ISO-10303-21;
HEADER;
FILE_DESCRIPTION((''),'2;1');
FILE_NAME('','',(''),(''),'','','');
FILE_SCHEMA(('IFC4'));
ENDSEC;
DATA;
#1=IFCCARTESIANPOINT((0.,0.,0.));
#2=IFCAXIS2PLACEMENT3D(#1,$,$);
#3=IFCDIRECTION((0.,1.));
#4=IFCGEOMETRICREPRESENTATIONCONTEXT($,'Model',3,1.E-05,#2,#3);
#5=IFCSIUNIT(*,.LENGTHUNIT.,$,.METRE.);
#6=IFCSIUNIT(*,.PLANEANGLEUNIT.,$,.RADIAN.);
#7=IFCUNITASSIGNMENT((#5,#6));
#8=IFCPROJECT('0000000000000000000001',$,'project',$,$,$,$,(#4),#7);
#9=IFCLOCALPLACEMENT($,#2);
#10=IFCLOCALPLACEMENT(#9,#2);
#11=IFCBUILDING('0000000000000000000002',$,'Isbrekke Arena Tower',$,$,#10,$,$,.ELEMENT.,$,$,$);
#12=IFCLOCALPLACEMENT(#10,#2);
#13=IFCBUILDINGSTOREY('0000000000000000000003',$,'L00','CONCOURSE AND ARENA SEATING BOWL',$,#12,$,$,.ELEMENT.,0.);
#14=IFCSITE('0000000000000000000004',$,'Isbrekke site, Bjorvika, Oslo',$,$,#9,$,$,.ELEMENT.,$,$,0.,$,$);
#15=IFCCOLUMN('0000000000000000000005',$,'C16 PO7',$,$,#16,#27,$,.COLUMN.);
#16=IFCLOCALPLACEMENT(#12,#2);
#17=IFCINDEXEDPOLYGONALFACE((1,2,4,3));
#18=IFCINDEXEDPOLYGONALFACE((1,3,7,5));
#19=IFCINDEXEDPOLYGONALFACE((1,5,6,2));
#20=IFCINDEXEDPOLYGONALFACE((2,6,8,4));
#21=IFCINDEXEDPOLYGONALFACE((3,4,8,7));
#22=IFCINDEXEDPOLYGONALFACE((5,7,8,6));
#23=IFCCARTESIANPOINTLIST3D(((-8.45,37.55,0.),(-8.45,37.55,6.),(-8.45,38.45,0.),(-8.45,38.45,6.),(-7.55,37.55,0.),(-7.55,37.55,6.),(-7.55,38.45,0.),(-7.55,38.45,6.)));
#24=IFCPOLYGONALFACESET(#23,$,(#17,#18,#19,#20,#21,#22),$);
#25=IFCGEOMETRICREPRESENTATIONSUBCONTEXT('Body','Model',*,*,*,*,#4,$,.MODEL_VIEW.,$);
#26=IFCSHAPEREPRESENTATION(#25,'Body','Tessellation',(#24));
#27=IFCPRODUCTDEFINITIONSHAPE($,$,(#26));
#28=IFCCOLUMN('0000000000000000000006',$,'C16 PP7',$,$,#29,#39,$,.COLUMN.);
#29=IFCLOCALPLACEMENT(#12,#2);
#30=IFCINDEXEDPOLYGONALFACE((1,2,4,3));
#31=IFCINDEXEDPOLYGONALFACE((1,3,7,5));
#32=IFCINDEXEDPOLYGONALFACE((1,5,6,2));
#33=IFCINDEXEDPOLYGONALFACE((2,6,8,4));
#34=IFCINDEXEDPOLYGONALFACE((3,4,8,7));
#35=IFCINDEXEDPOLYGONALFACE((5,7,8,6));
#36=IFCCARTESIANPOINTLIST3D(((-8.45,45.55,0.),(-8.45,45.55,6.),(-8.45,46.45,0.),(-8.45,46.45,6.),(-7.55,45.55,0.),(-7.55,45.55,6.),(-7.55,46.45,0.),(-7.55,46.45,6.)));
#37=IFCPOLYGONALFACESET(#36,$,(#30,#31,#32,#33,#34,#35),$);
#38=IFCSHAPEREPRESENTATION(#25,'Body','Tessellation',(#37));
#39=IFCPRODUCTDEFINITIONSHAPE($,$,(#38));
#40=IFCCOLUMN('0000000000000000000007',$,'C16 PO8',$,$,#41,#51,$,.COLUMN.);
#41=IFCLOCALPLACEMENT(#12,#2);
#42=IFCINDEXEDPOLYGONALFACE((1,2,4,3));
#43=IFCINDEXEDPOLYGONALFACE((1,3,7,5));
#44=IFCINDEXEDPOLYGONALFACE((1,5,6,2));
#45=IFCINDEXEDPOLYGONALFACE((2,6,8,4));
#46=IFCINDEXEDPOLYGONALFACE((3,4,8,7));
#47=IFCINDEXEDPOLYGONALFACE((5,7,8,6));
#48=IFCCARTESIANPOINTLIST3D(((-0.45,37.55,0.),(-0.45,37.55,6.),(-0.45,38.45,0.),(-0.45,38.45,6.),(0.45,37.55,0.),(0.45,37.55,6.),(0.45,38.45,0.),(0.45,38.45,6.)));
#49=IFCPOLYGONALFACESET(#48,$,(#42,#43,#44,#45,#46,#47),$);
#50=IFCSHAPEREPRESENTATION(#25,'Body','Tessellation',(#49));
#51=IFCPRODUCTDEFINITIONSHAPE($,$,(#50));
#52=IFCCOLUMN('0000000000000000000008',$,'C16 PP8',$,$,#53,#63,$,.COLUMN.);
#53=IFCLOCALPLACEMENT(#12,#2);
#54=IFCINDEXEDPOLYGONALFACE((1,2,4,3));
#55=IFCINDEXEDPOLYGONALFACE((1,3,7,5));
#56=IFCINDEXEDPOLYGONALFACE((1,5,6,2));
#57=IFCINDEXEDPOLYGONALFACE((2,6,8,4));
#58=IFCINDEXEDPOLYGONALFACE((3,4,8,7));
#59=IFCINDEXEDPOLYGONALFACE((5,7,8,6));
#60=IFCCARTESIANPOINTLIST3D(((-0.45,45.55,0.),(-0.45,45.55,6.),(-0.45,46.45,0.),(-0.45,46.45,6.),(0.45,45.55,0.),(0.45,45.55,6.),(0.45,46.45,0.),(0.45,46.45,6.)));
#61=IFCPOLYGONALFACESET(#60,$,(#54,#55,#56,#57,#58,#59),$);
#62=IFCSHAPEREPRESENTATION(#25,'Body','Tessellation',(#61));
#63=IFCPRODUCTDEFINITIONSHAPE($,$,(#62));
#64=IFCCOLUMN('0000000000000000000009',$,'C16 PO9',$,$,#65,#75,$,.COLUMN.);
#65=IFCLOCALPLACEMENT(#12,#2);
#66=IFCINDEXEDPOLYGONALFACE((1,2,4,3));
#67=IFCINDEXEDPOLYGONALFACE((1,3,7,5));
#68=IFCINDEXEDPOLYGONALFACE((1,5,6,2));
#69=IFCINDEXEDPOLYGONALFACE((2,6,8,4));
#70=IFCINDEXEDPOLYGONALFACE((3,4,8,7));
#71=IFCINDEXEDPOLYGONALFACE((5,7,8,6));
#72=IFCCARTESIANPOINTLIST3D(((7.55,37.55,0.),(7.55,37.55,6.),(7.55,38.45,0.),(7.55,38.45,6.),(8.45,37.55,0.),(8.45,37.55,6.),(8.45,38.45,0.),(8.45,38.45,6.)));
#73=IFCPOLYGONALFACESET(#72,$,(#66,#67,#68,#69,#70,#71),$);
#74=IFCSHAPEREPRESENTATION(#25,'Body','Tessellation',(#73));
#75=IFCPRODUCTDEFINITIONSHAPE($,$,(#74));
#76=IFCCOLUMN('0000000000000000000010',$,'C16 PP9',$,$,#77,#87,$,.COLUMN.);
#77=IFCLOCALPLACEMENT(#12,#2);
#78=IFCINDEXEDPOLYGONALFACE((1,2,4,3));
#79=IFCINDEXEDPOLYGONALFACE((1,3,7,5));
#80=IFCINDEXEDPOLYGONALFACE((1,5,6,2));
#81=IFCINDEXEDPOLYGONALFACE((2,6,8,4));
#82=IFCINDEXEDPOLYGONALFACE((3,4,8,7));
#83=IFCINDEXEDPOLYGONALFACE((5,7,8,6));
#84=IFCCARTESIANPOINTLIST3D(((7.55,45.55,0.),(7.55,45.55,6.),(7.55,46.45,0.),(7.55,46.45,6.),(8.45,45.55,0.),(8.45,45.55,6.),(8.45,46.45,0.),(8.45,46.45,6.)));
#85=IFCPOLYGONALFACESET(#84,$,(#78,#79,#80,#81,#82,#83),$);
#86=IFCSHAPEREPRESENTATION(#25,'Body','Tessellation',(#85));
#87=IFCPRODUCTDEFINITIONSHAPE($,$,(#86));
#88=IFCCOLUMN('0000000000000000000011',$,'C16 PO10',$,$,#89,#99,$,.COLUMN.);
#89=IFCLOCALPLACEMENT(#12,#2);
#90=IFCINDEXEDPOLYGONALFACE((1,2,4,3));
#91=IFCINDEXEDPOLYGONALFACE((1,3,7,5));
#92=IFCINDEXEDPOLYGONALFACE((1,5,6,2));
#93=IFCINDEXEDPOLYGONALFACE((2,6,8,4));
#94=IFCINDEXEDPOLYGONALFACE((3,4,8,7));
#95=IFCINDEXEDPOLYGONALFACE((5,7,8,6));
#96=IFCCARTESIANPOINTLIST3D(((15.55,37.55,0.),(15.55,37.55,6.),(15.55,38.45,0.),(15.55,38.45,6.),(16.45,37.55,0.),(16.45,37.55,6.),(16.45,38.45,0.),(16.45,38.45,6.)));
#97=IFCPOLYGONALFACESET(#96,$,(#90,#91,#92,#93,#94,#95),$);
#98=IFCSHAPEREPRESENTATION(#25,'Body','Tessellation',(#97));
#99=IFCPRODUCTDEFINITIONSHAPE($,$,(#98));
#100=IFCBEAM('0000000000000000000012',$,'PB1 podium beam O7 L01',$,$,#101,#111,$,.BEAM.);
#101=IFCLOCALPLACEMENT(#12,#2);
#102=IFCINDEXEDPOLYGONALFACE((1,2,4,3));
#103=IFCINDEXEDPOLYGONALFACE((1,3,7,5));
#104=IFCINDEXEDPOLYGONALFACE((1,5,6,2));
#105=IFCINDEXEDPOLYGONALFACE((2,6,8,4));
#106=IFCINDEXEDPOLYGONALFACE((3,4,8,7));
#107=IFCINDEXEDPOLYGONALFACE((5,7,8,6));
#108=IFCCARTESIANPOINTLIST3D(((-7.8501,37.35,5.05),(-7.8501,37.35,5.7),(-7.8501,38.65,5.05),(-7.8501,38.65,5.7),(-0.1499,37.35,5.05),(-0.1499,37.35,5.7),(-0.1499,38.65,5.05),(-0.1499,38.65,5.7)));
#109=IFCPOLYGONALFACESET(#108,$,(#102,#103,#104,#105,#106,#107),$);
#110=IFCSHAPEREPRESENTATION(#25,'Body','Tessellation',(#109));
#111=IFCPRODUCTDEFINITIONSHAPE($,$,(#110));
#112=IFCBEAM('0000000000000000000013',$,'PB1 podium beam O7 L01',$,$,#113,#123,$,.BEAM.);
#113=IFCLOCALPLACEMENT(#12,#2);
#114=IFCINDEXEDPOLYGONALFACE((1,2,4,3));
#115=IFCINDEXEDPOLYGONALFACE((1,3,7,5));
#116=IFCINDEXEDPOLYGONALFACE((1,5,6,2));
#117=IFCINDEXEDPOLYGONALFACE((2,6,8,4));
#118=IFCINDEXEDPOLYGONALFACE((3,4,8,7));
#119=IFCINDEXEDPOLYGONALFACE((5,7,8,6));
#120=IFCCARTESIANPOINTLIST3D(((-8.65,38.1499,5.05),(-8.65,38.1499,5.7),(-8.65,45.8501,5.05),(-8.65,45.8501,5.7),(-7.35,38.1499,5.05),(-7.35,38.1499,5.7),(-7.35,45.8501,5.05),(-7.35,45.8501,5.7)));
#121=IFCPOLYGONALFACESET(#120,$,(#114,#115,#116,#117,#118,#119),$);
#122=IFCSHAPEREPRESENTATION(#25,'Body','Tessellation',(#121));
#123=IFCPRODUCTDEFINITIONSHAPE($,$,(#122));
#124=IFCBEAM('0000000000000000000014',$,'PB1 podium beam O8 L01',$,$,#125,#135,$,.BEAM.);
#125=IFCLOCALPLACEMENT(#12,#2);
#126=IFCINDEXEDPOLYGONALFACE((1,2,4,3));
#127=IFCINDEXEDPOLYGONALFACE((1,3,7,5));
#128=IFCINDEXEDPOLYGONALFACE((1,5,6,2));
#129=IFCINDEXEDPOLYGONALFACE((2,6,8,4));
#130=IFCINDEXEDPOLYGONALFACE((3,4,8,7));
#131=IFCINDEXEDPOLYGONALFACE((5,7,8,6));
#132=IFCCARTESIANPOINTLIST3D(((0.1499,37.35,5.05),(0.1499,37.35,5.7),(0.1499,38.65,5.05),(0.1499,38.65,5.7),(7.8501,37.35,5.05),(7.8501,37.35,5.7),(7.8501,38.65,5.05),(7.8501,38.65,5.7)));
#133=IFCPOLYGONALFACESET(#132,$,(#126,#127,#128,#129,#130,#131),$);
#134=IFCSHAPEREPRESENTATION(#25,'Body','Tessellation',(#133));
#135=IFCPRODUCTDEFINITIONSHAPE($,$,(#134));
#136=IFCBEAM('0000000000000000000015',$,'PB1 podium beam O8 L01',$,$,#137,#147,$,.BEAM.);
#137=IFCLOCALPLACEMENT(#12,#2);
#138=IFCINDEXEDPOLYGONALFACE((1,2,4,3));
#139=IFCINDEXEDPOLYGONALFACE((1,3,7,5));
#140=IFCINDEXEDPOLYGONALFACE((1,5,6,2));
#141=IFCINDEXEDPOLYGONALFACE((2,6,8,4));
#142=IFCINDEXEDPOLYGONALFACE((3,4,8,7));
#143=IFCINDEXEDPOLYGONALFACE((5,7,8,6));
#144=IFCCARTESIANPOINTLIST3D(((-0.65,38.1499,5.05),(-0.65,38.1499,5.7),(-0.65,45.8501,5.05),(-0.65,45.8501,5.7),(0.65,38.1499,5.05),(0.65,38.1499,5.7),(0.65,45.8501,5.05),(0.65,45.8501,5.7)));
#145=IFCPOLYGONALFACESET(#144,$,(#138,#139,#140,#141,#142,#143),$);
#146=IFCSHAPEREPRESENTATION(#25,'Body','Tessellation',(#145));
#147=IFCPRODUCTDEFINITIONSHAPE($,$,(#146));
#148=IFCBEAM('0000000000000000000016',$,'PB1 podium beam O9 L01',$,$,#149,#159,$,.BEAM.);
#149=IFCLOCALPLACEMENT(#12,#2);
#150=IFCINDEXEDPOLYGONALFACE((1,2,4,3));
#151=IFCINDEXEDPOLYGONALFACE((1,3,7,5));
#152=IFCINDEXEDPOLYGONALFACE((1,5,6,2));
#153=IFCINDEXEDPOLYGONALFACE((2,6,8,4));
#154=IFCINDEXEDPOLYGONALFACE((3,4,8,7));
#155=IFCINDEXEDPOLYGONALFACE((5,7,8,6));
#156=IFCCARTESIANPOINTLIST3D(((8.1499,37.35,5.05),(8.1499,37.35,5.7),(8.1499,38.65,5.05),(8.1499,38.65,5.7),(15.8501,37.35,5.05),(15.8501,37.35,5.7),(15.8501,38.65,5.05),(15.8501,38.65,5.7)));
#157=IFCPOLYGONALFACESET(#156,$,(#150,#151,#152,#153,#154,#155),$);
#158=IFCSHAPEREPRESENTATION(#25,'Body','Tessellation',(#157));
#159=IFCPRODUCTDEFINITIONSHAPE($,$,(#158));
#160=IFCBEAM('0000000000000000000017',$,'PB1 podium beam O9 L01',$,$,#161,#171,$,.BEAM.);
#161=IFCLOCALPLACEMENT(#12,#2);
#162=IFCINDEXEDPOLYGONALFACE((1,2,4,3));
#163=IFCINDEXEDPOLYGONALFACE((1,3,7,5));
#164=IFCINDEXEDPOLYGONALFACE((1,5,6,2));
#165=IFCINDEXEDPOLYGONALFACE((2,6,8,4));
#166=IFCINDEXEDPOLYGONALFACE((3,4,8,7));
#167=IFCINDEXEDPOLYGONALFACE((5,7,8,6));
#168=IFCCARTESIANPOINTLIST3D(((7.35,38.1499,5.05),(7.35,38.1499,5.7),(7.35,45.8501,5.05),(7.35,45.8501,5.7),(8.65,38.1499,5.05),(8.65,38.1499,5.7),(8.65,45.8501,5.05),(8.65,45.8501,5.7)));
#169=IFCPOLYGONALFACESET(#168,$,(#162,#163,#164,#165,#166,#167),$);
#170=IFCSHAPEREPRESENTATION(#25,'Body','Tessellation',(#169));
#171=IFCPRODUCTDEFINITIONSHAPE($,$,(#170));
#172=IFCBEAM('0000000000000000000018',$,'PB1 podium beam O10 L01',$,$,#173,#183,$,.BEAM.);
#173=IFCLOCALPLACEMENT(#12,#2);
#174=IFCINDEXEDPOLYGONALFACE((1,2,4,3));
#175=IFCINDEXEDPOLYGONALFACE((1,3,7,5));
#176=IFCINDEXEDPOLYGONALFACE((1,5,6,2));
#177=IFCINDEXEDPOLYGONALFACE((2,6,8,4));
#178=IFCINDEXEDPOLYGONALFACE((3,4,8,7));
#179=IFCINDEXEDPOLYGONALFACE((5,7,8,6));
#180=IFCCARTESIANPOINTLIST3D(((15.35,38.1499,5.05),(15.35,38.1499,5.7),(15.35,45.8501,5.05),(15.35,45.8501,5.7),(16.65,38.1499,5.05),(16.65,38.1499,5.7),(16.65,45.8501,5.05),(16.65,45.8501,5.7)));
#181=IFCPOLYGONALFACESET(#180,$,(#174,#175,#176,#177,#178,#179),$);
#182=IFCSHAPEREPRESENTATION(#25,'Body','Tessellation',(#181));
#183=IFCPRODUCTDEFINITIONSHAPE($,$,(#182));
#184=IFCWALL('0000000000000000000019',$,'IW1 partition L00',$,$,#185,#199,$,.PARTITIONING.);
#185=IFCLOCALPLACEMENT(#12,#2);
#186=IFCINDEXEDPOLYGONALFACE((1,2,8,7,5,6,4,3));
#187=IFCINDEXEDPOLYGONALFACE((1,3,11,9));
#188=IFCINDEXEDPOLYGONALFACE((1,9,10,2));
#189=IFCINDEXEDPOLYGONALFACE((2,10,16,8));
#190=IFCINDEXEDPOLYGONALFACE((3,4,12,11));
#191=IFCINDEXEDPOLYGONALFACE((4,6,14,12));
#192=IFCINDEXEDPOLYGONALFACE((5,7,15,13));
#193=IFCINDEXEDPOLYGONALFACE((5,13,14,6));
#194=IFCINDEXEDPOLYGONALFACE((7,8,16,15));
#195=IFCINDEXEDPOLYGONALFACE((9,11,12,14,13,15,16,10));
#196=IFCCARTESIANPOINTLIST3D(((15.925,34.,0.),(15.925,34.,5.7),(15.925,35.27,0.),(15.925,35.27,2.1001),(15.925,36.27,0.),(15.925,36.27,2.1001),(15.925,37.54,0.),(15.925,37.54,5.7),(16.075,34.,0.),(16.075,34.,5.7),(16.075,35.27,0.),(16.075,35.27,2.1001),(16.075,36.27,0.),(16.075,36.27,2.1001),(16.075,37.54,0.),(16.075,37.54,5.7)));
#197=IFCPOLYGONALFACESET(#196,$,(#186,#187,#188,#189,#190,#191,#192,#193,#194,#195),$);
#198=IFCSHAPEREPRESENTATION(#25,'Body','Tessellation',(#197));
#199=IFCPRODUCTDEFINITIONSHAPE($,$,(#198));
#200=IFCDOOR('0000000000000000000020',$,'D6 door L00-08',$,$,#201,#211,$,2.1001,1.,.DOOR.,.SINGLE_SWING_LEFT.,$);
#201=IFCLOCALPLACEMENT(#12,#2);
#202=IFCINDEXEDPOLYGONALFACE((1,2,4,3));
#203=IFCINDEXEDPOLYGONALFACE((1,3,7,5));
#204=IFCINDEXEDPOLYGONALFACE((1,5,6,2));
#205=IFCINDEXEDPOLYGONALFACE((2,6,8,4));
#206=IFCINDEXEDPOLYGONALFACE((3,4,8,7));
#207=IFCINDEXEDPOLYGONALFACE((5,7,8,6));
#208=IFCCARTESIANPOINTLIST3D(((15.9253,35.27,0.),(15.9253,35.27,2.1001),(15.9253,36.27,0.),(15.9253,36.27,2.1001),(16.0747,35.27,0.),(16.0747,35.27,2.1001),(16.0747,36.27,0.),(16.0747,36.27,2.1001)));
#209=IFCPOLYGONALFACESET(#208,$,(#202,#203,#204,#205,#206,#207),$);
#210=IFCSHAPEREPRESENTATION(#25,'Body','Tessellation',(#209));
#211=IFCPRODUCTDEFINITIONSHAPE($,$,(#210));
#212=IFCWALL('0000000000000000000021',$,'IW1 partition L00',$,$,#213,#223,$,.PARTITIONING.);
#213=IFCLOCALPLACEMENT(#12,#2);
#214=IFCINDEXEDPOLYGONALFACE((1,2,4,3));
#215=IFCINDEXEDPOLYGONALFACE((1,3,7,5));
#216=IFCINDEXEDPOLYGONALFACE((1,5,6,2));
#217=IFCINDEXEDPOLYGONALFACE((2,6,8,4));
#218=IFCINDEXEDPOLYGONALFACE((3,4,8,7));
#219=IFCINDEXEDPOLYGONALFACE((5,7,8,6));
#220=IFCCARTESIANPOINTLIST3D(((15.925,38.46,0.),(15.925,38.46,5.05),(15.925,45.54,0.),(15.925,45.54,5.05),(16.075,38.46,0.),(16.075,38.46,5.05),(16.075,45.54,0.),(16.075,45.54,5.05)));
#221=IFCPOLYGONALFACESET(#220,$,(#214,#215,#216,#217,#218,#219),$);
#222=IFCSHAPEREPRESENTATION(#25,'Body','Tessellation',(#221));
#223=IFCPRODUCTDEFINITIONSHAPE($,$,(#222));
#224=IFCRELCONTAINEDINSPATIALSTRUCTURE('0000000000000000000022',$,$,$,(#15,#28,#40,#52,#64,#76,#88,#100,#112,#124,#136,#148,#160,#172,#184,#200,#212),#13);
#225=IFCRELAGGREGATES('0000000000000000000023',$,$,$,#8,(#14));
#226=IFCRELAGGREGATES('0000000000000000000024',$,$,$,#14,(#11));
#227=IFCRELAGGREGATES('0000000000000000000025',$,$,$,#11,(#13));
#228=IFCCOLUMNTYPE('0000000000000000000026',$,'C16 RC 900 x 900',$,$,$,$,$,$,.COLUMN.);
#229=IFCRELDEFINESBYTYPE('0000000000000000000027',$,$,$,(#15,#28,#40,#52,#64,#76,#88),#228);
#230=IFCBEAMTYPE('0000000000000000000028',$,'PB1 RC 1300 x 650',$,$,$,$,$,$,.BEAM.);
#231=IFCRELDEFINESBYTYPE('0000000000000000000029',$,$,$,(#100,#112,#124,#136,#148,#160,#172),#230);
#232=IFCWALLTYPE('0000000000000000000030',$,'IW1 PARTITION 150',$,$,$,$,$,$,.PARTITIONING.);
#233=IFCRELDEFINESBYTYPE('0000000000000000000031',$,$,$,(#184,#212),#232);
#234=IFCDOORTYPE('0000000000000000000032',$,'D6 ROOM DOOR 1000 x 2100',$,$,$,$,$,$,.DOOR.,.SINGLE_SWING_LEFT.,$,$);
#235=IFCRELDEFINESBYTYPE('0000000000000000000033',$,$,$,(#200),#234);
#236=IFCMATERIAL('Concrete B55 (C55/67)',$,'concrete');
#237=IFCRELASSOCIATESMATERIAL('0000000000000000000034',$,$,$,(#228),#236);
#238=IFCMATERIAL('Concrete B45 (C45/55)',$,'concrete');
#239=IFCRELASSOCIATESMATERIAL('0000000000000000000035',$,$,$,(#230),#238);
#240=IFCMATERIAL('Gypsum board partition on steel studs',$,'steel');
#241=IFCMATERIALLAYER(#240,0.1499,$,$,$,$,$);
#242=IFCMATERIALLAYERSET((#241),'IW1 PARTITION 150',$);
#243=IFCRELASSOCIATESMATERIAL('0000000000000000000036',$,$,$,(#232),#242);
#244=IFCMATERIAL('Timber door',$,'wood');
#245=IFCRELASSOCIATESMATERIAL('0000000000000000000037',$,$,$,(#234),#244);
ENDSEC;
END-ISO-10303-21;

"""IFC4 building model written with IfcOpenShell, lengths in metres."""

from ifc_helpers import new_model, si_unit, direction, frame, frame_2d, origin, origin_2d, place, context, subcontext, project, spatial, rectangle, extrude, material, layer, layer_set, material_profile, profile_set, type_object, element, fill, save


model = new_model("IFC4")

# Units and contexts
model_context = context("Model", 3, precision=1e-05, world=origin(), true_north=direction((0.0, 1.0)))
body_context = subcontext(model_context, "Body", "Model", "MODEL_VIEW")
ifc_project = project(units=[si_unit("LENGTHUNIT", "METRE"), si_unit("PLANEANGLEUNIT", "RADIAN")], contexts=[model_context])

# Site, building, storey
site_placement = place(None, origin())
site = spatial("IfcSite", under=ifc_project, at=site_placement, Name="Isbrekke site, Bjorvika, Oslo", CompositionType="ELEMENT", RefElevation=0.0)
building_placement = place(site_placement, origin())
building = spatial("IfcBuilding", under=site, at=building_placement, Name="Isbrekke Arena Tower", CompositionType="ELEMENT")
storey_placement = place(building_placement, origin())
storey = spatial("IfcBuildingStorey", under=building, at=storey_placement, Name="L00", Description="CONCOURSE AND ARENA SEATING BOWL", CompositionType="ELEMENT", Elevation=0.0)

# Columns
ifc_material_1 = material(Name="Concrete B55 (C55/67)", Category="concrete")
ifc_material_profile_1 = material_profile(ifc_material_1, rectangle(XDim=0.8999, YDim=0.8999, at=origin_2d()), Name="RC 900x900")
ifc_profile_set_1 = profile_set([ifc_material_profile_1], Name="Concrete B55 (C55/67)")
column_type = type_object("IfcColumnType", Name="C16 RC 900 x 900", PredefinedType="COLUMN", material=ifc_profile_set_1)
for number, where, z_axis, x_axis, name in (
    (1, (-8.0, 38.0, 0.0), (0.0, 0.0, 1.0), (1.0, 0.0, 0.0), "C16 PO7"),
    (2, (-8.0, 46.0, 0.0), (0.0, 0.0, 1.0), (1.0, 0.0, 0.0), "C16 PP7"),
    (3, (0.0, 38.0, 0.0), (0.0, 0.0, 1.0), (1.0, 0.0, 0.0), "C16 PO8"),
    (4, (0.0, 46.0, 0.0), (0.0, 0.0, 1.0), (1.0, 0.0, 0.0), "C16 PP8"),
    (5, (8.0, 38.0, 0.0), (0.0, 0.0, 1.0), (1.0, 0.0, 0.0), "C16 PO9"),
    (6, (8.0, 46.0, 0.0), (0.0, 0.0, 1.0), (1.0, 0.0, 0.0), "C16 PP9"),
    (7, (16.0, 38.0, 0.0), (0.0, 0.0, 1.0), (1.0, 0.0, 0.0), "C16 PO10"),
):
    element("IfcColumn", number, at=place(storey_placement, frame(where, z_axis=z_axis, x_axis=x_axis)), inside=storey, type_object=column_type, Name=name, PredefinedType="COLUMN", context=body_context, shape_type="SweptSolid", body=[
        extrude(rectangle(XDim=0.8999, YDim=0.8999, at=origin_2d()), origin(), (0.0, 0.0, 1.0), 6.0),
    ])

# Beams
ifc_material_2 = material(Name="Concrete B45 (C45/55)", Category="concrete")
ifc_material_profile_2 = material_profile(ifc_material_2, rectangle(XDim=1.3, YDim=0.6499, at=origin_2d()), Name="RC 1300x650")
ifc_profile_set_2 = profile_set([ifc_material_profile_2], Name="Concrete B45 (C45/55)")
beam_type = type_object("IfcBeamType", Name="PB1 RC 1300 x 650", PredefinedType="BEAM", material=ifc_profile_set_2)
for number, where, z_axis, x_axis, name in (
    (8, (-7.8501, 38.0, 5.375), (1.0, 0.0, 0.0), (0.0, 1.0, 0.0), "PB1 podium beam O7 L01"),
    (9, (-8.0, 38.1499, 5.375), (0.0, 1.0, 0.0), (-1.0, 0.0, 0.0), "PB1 podium beam O7 L01"),
    (10, (0.1499, 38.0, 5.375), (1.0, 0.0, 0.0), (0.0, 1.0, 0.0), "PB1 podium beam O8 L01"),
    (11, (0.0, 38.1499, 5.375), (0.0, 1.0, 0.0), (-1.0, 0.0, 0.0), "PB1 podium beam O8 L01"),
    (12, (8.1499, 38.0, 5.375), (1.0, 0.0, 0.0), (0.0, 1.0, 0.0), "PB1 podium beam O9 L01"),
    (13, (8.0, 38.1499, 5.375), (0.0, 1.0, 0.0), (-1.0, 0.0, 0.0), "PB1 podium beam O9 L01"),
    (14, (16.0, 38.1499, 5.375), (0.0, 1.0, 0.0), (-1.0, 0.0, 0.0), "PB1 podium beam O10 L01"),
):
    element("IfcBeam", number, at=place(storey_placement, frame(where, z_axis=z_axis, x_axis=x_axis)), inside=storey, type_object=beam_type, Name=name, PredefinedType="BEAM", context=body_context, shape_type="SweptSolid", body=[
        extrude(rectangle(XDim=1.3, YDim=0.6499, at=origin_2d()), origin(), (0.0, 0.0, 1.0), 7.7002),
    ])

# Wall, opening, door
ifc_material_3 = material(Name="Gypsum board partition on steel studs", Category="steel")
ifc_layer_1 = layer(ifc_material_3, 0.1499)
ifc_layer_set_1 = layer_set([ifc_layer_1], Name="IW1 PARTITION 150")
wall_type_1 = type_object("IfcWallType", Name="IW1 PARTITION 150", PredefinedType="PARTITIONING", material=ifc_layer_set_1)
wall_1_placement = place(storey_placement, frame((16.0, 34.0, 0.0), z_axis=(0.0, 0.0, 1.0), x_axis=(0.0, 1.0, 0.0)))
wall_1 = element("IfcWall", 15, at=wall_1_placement, inside=storey, type_object=wall_type_1, Name="IW1 partition L00", PredefinedType="PARTITIONING", context=body_context, shape_type="SweptSolid", body=[
    extrude(rectangle(XDim=3.54, YDim=0.1499, at=frame_2d((1.77, 0.0))), origin(), (0.0, 0.0, 1.0), 5.7),
])
opening_placement = place(wall_1_placement, frame((1.27, 0.0, 0.0)))
opening = element("IfcOpeningElement", 16, at=opening_placement, cuts=wall_1, PredefinedType="OPENING", context=body_context, shape_type="SweptSolid", body=[
    extrude(rectangle(XDim=1.0, YDim=2.1001, at=frame_2d((0.5, 1.05))), frame((0.0, 0.0898, 0.0), z_axis=(0.0, -1.0, 0.0), x_axis=(1.0, 0.0, 0.0)), (0.0, 0.0, 1.0), 0.1797),
])
ifc_material_4 = material(Name="Timber door", Category="wood")
door_type = type_object("IfcDoorType", Name="D6 ROOM DOOR 1000 x 2100", OperationType="SINGLE_SWING_LEFT", PredefinedType="DOOR", material=ifc_material_4)
door_placement = place(opening_placement, origin())
door = element("IfcDoor", 17, at=door_placement, inside=storey, type_object=door_type, Name="D6 door L00-08", OperationType="SINGLE_SWING_LEFT", OverallHeight=2.1001, OverallWidth=1.0, PredefinedType="DOOR", context=body_context, shape_type="SweptSolid", body=[
    extrude(rectangle(XDim=1.0, YDim=2.1001, at=frame_2d((0.5, 1.05))), frame((0.0, 0.0747, 0.0), z_axis=(0.0, -1.0, 0.0), x_axis=(1.0, 0.0, 0.0)), (0.0, 0.0, 1.0), 0.1494),
])
fill(opening, door)

# Wall
wall_2_placement = place(storey_placement, frame((16.0, 38.46, 0.0), z_axis=(0.0, 0.0, 1.0), x_axis=(0.0, 1.0, 0.0)))
element("IfcWall", 18, at=wall_2_placement, inside=storey, type_object=wall_type_1, Name="IW1 partition L00", PredefinedType="PARTITIONING", context=body_context, shape_type="SweptSolid", body=[
    extrude(rectangle(XDim=7.0801, YDim=0.1499, at=frame_2d((3.54, 0.0))), origin(), (0.0, 0.0, 1.0), 5.05),
])

save(model, "model.ifc")
